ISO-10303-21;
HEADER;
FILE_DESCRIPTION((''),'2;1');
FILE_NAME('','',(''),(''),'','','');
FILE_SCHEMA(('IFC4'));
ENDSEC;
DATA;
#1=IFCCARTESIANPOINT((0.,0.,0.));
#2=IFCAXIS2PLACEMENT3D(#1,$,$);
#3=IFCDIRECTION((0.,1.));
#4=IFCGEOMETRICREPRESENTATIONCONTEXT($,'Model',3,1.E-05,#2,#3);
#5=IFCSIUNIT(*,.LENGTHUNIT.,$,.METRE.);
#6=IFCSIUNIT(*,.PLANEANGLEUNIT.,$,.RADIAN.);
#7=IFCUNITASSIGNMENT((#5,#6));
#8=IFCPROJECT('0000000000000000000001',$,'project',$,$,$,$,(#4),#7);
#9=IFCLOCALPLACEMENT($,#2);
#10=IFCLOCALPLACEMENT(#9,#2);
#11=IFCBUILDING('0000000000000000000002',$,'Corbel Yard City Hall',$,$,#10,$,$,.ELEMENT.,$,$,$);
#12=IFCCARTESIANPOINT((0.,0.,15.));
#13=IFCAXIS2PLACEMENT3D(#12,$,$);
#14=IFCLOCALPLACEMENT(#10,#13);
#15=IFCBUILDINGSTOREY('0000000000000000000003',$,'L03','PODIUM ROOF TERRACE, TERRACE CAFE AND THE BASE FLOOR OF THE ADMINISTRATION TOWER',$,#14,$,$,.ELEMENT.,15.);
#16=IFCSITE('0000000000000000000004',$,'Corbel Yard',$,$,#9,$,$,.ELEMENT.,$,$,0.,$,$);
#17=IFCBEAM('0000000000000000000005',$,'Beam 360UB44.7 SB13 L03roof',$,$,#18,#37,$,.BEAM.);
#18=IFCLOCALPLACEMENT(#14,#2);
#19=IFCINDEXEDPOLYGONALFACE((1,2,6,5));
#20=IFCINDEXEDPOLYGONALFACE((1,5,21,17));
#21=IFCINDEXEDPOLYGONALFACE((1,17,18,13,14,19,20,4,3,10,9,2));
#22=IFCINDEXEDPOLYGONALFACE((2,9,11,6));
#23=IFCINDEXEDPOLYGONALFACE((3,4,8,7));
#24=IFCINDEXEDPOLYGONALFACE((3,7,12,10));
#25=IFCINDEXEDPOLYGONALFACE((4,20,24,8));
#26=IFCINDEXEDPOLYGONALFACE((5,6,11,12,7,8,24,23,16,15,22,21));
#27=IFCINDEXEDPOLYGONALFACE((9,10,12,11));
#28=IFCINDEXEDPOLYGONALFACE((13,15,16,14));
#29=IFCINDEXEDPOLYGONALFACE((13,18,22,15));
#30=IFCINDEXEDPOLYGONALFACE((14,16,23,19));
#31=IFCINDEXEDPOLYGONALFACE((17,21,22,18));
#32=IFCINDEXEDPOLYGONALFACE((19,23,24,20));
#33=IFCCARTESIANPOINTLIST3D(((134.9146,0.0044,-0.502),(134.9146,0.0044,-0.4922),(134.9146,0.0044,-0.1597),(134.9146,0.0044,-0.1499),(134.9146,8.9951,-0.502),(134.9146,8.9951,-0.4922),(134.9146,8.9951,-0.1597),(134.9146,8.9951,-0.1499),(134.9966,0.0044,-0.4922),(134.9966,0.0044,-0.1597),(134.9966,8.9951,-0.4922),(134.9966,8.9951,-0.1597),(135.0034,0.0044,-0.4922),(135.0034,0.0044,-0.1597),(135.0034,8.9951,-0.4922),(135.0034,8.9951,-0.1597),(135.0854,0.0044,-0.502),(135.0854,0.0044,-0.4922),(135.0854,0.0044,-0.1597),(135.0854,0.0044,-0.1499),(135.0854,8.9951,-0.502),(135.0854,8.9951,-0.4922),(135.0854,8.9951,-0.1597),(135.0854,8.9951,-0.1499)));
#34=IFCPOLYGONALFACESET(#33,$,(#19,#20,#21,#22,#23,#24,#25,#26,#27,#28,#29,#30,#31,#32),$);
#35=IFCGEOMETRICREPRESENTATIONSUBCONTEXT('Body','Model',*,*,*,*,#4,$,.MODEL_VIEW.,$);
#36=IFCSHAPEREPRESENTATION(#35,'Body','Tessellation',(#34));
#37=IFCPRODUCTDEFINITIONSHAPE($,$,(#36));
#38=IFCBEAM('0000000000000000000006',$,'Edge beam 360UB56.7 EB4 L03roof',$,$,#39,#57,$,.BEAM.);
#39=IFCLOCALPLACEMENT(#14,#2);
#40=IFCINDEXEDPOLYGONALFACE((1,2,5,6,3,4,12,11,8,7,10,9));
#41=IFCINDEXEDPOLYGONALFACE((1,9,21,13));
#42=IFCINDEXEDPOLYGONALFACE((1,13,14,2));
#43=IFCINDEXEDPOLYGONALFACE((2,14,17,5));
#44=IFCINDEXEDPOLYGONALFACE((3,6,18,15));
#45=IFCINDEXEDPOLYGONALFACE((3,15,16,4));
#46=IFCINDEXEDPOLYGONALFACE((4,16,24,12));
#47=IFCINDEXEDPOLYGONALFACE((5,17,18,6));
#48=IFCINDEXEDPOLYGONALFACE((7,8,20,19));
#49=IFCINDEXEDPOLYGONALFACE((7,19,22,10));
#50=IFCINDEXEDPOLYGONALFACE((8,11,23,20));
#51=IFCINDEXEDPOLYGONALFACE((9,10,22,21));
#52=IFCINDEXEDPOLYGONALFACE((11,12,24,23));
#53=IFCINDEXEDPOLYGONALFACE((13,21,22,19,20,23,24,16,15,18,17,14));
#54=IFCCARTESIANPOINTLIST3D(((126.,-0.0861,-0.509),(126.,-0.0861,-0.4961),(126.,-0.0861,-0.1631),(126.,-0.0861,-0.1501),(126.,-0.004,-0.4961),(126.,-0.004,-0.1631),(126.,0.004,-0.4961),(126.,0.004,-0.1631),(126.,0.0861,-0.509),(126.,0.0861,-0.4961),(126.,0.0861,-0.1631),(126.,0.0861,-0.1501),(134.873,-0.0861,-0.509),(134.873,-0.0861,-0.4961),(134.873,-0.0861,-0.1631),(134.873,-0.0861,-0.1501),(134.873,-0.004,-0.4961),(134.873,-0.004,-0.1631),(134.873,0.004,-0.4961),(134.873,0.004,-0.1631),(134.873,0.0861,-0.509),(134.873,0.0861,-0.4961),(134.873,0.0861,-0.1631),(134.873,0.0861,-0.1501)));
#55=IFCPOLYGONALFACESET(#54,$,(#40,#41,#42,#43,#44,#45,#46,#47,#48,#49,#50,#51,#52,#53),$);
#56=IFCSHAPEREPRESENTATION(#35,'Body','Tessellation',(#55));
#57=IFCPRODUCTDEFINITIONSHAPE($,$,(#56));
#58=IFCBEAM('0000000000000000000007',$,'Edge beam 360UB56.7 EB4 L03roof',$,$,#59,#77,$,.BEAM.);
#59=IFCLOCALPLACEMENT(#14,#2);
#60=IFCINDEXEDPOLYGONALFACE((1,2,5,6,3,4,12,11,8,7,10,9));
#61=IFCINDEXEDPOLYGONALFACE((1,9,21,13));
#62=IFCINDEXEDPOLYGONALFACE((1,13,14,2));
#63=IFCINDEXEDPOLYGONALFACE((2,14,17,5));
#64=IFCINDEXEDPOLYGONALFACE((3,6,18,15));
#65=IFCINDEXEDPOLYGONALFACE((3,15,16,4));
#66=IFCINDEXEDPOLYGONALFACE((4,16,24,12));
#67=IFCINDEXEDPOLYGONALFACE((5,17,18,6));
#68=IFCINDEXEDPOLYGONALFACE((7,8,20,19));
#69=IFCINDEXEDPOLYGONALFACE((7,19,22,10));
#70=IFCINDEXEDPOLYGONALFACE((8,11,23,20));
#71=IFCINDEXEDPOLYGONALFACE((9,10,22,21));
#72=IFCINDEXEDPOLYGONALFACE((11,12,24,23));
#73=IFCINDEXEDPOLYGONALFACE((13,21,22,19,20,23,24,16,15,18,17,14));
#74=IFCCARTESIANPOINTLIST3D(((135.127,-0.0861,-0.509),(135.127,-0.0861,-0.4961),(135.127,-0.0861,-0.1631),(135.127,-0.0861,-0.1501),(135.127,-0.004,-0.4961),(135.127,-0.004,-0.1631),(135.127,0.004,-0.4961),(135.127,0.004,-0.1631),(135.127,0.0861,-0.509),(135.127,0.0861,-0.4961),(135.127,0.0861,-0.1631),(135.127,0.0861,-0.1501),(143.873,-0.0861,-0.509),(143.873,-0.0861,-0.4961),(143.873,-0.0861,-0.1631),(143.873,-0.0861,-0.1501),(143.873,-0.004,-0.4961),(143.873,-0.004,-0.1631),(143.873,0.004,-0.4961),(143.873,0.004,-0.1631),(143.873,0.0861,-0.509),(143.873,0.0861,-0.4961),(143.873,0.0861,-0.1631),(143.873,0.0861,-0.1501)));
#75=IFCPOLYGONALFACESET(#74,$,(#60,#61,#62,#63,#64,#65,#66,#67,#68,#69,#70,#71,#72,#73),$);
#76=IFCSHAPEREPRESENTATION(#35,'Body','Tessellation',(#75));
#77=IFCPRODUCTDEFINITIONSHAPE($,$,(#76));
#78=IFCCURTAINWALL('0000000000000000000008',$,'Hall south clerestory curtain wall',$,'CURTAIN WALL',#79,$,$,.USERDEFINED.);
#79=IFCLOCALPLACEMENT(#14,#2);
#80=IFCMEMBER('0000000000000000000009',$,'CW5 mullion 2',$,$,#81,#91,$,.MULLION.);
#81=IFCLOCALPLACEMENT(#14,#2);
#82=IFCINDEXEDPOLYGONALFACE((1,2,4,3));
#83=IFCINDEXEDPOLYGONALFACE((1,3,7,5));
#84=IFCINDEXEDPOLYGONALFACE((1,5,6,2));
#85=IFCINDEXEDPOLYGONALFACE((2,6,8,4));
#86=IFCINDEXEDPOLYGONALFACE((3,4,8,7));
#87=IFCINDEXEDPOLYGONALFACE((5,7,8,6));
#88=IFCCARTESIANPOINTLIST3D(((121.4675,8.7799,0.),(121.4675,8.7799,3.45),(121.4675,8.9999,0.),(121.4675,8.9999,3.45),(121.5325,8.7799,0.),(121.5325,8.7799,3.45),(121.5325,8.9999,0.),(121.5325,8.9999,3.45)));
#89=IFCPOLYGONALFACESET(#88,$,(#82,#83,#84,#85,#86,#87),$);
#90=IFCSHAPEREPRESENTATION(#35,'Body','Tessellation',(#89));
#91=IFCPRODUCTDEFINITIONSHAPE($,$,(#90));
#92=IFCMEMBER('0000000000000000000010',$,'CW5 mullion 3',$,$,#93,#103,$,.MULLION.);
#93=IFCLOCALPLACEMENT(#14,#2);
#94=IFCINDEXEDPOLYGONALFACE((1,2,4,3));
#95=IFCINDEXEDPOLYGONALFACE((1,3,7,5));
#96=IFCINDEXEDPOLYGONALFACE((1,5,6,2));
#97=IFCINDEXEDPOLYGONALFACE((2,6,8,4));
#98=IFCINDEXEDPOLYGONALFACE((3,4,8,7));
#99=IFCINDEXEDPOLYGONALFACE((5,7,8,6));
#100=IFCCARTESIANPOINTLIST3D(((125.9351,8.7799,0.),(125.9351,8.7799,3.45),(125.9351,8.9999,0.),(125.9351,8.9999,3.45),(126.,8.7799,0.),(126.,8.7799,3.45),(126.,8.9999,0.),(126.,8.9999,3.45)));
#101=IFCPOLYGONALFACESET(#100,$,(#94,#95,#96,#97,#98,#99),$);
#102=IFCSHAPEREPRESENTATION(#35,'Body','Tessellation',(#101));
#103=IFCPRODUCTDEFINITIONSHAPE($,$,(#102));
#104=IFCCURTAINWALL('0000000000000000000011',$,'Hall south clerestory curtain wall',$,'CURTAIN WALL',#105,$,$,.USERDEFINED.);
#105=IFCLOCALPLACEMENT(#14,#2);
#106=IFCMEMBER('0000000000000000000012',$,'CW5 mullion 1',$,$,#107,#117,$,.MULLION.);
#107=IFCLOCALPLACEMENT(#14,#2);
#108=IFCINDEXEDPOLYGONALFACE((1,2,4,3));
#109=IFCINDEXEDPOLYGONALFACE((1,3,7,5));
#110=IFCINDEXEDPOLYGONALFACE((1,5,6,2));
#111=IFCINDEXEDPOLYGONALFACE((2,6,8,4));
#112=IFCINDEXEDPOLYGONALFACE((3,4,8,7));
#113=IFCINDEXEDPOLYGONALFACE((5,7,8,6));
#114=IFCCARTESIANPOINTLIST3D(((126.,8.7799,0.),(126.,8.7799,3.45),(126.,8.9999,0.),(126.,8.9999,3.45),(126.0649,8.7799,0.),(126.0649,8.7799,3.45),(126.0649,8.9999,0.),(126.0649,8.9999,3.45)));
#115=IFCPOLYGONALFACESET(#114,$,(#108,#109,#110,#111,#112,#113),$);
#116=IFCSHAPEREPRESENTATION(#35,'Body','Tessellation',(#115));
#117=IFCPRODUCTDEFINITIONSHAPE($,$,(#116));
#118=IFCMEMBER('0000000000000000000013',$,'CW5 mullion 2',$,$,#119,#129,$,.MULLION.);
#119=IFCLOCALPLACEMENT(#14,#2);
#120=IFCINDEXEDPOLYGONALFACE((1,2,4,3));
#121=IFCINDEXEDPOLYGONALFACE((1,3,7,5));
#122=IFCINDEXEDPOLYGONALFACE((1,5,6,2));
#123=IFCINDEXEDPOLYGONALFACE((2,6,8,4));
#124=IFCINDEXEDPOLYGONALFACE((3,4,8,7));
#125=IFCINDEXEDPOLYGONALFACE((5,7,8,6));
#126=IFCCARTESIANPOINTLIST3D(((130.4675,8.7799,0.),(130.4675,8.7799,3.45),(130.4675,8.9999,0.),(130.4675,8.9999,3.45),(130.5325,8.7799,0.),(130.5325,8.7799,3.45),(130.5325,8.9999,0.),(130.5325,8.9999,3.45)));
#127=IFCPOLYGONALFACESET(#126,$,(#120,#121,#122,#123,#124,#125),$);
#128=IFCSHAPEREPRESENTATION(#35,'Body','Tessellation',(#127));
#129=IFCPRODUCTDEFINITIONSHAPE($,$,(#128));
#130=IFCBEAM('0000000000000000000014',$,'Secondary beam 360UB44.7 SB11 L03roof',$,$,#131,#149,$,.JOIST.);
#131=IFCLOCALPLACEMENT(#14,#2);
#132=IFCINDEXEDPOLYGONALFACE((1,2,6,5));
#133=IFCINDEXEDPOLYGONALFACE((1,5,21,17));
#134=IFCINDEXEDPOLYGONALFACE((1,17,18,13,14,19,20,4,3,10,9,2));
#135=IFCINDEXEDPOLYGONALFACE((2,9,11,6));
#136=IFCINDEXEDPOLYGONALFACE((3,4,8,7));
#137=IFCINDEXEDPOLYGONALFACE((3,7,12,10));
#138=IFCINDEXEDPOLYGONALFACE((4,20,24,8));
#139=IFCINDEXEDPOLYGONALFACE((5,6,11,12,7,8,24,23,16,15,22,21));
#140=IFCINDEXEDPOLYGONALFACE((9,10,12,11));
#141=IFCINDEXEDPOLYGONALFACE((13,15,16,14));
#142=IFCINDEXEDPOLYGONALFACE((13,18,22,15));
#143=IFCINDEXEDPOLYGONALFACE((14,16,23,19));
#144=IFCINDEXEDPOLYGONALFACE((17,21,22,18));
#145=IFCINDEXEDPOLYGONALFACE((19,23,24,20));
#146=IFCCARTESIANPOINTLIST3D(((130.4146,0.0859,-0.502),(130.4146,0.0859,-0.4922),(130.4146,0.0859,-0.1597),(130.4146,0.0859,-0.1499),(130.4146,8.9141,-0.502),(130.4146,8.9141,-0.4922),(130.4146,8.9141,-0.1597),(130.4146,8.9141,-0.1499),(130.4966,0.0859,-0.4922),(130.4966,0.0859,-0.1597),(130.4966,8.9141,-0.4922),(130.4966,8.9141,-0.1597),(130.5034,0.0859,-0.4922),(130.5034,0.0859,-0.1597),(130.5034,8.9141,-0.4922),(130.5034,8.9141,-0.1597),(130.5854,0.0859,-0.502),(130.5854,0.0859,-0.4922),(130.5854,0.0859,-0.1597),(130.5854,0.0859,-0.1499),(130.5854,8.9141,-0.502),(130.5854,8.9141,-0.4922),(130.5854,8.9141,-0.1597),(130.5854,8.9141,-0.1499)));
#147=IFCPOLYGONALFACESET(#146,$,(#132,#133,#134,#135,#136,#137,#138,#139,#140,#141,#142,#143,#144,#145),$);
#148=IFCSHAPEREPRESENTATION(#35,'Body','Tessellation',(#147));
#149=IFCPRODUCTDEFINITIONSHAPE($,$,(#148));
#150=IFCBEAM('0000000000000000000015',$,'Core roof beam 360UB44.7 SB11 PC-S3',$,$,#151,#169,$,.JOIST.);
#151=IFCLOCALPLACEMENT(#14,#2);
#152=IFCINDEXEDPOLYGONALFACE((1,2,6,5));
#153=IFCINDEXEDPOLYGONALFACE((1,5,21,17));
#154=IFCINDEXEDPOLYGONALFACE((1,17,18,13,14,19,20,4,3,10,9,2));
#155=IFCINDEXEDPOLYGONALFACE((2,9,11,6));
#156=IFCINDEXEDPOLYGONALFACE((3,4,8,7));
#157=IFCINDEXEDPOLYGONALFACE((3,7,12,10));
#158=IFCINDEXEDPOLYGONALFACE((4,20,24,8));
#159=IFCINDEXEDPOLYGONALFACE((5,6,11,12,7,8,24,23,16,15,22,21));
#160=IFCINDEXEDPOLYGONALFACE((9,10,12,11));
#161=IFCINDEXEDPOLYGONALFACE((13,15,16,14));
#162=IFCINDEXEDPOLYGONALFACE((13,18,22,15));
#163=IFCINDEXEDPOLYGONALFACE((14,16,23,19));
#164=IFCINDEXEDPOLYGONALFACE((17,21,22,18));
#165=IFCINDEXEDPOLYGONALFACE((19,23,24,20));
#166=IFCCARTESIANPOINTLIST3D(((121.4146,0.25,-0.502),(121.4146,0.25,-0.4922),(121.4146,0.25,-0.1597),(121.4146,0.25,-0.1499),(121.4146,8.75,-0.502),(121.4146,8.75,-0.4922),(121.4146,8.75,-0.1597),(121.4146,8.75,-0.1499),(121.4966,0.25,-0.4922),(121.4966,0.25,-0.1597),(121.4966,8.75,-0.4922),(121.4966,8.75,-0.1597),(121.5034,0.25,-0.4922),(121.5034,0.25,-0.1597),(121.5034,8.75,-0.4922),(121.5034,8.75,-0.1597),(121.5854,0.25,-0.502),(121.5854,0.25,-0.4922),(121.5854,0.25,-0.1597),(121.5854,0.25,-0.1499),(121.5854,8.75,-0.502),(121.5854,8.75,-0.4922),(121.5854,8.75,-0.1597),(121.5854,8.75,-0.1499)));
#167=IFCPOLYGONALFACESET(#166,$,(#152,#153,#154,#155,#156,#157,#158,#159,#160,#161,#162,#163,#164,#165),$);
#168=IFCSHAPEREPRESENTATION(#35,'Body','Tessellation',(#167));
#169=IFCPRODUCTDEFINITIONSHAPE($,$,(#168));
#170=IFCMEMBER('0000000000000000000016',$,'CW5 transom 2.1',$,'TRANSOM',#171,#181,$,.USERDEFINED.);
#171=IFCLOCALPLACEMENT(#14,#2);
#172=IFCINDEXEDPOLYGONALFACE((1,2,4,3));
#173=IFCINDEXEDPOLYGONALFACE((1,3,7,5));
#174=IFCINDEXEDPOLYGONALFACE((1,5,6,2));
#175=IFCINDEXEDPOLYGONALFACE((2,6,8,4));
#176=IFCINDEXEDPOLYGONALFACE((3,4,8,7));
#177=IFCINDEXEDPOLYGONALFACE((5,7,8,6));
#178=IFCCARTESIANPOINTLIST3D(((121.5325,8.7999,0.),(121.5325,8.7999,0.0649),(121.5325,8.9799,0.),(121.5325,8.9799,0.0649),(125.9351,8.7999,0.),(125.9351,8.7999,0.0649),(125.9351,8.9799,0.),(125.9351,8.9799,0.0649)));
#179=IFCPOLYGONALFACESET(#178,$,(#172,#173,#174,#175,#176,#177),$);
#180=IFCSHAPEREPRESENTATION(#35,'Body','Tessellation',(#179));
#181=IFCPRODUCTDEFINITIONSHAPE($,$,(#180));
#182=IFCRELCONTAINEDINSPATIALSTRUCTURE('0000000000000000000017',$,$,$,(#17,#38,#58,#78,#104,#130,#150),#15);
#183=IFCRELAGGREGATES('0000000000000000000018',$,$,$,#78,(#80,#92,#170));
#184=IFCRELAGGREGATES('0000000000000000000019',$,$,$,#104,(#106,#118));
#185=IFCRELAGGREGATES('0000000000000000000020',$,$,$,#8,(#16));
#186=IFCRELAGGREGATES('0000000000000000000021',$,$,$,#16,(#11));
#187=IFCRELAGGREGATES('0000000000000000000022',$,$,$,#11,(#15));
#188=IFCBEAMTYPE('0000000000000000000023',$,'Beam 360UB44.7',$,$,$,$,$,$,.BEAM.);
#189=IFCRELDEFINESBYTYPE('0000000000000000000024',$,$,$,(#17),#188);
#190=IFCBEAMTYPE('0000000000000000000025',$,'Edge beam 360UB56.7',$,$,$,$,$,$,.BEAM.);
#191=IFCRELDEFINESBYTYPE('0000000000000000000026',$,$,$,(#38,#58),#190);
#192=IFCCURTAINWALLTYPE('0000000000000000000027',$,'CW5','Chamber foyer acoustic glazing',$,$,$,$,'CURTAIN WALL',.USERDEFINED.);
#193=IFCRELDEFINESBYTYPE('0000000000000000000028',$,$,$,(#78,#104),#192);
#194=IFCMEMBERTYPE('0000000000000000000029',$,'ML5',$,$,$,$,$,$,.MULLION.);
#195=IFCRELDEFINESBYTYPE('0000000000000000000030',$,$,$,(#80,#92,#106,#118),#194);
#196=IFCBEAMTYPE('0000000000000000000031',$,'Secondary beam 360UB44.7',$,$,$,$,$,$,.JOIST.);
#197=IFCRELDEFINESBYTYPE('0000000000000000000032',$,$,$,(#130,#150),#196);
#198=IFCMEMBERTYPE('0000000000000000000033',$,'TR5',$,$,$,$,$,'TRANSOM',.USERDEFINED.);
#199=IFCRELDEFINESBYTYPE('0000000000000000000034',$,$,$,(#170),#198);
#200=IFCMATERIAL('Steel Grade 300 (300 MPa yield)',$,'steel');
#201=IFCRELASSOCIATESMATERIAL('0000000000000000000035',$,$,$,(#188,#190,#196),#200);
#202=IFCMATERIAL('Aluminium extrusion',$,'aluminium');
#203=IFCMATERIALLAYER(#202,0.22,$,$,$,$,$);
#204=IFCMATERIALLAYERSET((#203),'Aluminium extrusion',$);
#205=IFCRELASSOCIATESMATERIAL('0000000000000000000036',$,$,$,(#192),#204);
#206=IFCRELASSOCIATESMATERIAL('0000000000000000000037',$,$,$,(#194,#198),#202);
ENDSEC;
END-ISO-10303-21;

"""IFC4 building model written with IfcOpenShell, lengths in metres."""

from ifc_helpers import new_model, si_unit, direction, frame, origin, origin_2d, place, context, subcontext, project, spatial, rectangle, i_section, extrude, material, layer, layer_set, material_profile, profile_set, type_object, element, aggregate, save


model = new_model("IFC4")

# Units and contexts
model_context = context("Model", 3, precision=1e-05, world=origin(), true_north=direction((0.0, 1.0)))
body_context = subcontext(model_context, "Body", "Model", "MODEL_VIEW")
ifc_project = project(units=[si_unit("LENGTHUNIT", "METRE"), si_unit("PLANEANGLEUNIT", "RADIAN")], contexts=[model_context])

# Site, building, storey
site_placement = place(None, origin())
site = spatial("IfcSite", under=ifc_project, at=site_placement, Name="Corbel Yard", CompositionType="ELEMENT", RefElevation=0.0)
building_placement = place(site_placement, origin())
building = spatial("IfcBuilding", under=site, at=building_placement, Name="Corbel Yard City Hall", CompositionType="ELEMENT")
storey_placement = place(building_placement, frame((0.0, 0.0, 15.0)))
storey = spatial("IfcBuildingStorey", under=building, at=storey_placement, Name="L03", Description="PODIUM ROOF TERRACE, TERRACE CAFE AND THE BASE FLOOR OF THE ADMINISTRATION TOWER", CompositionType="ELEMENT", Elevation=15.0)

# Beams
ifc_material_1 = material(Name="Steel Grade 300 (300 MPa yield)", Category="steel")
ifc_material_profile_1 = material_profile(ifc_material_1, i_section(OverallWidth=0.1709, OverallDepth=0.3521, WebThickness=0.0068, FlangeThickness=0.0098, at=origin_2d()), Name="360UB44.7")
ifc_profile_set_1 = profile_set([ifc_material_profile_1], Name="Steel Grade 300 (300 MPa yield)")
beam_type_1 = type_object("IfcBeamType", Name="Beam 360UB44.7", PredefinedType="BEAM", material=ifc_profile_set_1)
beam_1_placement = place(storey_placement, frame((135.0, 0.0044, -0.3259), z_axis=(0.0, 1.0, 0.0), x_axis=(-1.0, 0.0, 0.0)))
element("IfcBeam", 1, at=beam_1_placement, inside=storey, type_object=beam_type_1, Name="Beam 360UB44.7 SB13 L03roof", PredefinedType="BEAM", context=body_context, shape_type="SweptSolid", body=[
    extrude(i_section(OverallWidth=0.1709, OverallDepth=0.3521, WebThickness=0.0068, FlangeThickness=0.0098, at=origin_2d()), origin(), (0.0, 0.0, 1.0), 8.9907),
])
ifc_material_profile_2 = material_profile(ifc_material_1, i_section(OverallWidth=0.1721, OverallDepth=0.3589, WebThickness=0.0081, FlangeThickness=0.0129, at=origin_2d()), Name="360UB56.7")
ifc_profile_set_2 = profile_set([ifc_material_profile_2], Name="Steel Grade 300 (300 MPa yield)")
beam_type_2 = type_object("IfcBeamType", Name="Edge beam 360UB56.7", PredefinedType="BEAM", material=ifc_profile_set_2)
beam_2_placement = place(storey_placement, frame((126.0, 0.0, -0.3296), z_axis=(1.0, 0.0, 0.0), x_axis=(0.0, 1.0, 0.0)))
element("IfcBeam", 2, at=beam_2_placement, inside=storey, type_object=beam_type_2, Name="Edge beam 360UB56.7 EB4 L03roof", PredefinedType="BEAM", context=body_context, shape_type="SweptSolid", body=[
    extrude(i_section(OverallWidth=0.1721, OverallDepth=0.3589, WebThickness=0.0081, FlangeThickness=0.0129, at=origin_2d()), origin(), (0.0, 0.0, 1.0), 8.873),
])
beam_3_placement = place(storey_placement, frame((135.127, 0.0, -0.3296), z_axis=(1.0, 0.0, 0.0), x_axis=(0.0, 1.0, 0.0)))
element("IfcBeam", 3, at=beam_3_placement, inside=storey, type_object=beam_type_2, Name="Edge beam 360UB56.7 EB4 L03roof", PredefinedType="BEAM", context=body_context, shape_type="SweptSolid", body=[
    extrude(i_section(OverallWidth=0.1721, OverallDepth=0.3589, WebThickness=0.0081, FlangeThickness=0.0129, at=origin_2d()), origin(), (0.0, 0.0, 1.0), 8.7461),
])

# Curtain walls, members
ifc_material_2 = material(Name="Aluminium extrusion", Category="aluminium")
ifc_layer_1 = layer(ifc_material_2, 0.22)
ifc_layer_set_1 = layer_set([ifc_layer_1], Name="Aluminium extrusion")
curtain_wall_type = type_object("IfcCurtainWallType", Name="CW5", Description="Chamber foyer acoustic glazing", ElementType="CURTAIN WALL", PredefinedType="USERDEFINED", material=ifc_layer_set_1)
curtain_wall_1_placement = place(storey_placement, origin())
curtain_wall_1 = element("IfcCurtainWall", 4, at=curtain_wall_1_placement, inside=storey, type_object=curtain_wall_type, Name="Hall south clerestory curtain wall", ObjectType="CURTAIN WALL", PredefinedType="USERDEFINED")
ifc_material_profile_3 = material_profile(ifc_material_2, rectangle(XDim=0.22, YDim=0.0649, at=origin_2d()), Name="220x65")
ifc_profile_set_3 = profile_set([ifc_material_profile_3], Name="Aluminium extrusion")
member_type_1 = type_object("IfcMemberType", Name="ML5", PredefinedType="MULLION", material=ifc_profile_set_3)
member_1_placement = place(storey_placement, frame((121.5, 8.8899, 0.0), z_axis=(0.0, 0.0, 1.0), x_axis=(0.0, 1.0, 0.0)))
member_1 = element("IfcMember", 5, at=member_1_placement, type_object=member_type_1, Name="CW5 mullion 2", PredefinedType="MULLION", context=body_context, shape_type="SweptSolid", body=[
    extrude(rectangle(XDim=0.22, YDim=0.0649, at=origin_2d()), origin(), (0.0, 0.0, 1.0), 3.45),
])
member_2_placement = place(storey_placement, frame((125.9675, 8.8899, 0.0), z_axis=(0.0, 0.0, 1.0), x_axis=(0.0, 1.0, 0.0)))
member_2 = element("IfcMember", 6, at=member_2_placement, type_object=member_type_1, Name="CW5 mullion 3", PredefinedType="MULLION", context=body_context, shape_type="SweptSolid", body=[
    extrude(rectangle(XDim=0.22, YDim=0.0649, at=origin_2d()), origin(), (0.0, 0.0, 1.0), 3.45),
])
curtain_wall_2_placement = place(storey_placement, origin())
curtain_wall_2 = element("IfcCurtainWall", 7, at=curtain_wall_2_placement, inside=storey, type_object=curtain_wall_type, Name="Hall south clerestory curtain wall", ObjectType="CURTAIN WALL", PredefinedType="USERDEFINED")
member_3_placement = place(storey_placement, frame((126.0325, 8.8899, 0.0), z_axis=(0.0, 0.0, 1.0), x_axis=(0.0, 1.0, 0.0)))
member_3 = element("IfcMember", 8, at=member_3_placement, type_object=member_type_1, Name="CW5 mullion 1", PredefinedType="MULLION", context=body_context, shape_type="SweptSolid", body=[
    extrude(rectangle(XDim=0.22, YDim=0.0649, at=origin_2d()), origin(), (0.0, 0.0, 1.0), 3.45),
])
member_4_placement = place(storey_placement, frame((130.5, 8.8899, 0.0), z_axis=(0.0, 0.0, 1.0), x_axis=(0.0, 1.0, 0.0)))
member_4 = element("IfcMember", 9, at=member_4_placement, type_object=member_type_1, Name="CW5 mullion 2", PredefinedType="MULLION", context=body_context, shape_type="SweptSolid", body=[
    extrude(rectangle(XDim=0.22, YDim=0.0649, at=origin_2d()), origin(), (0.0, 0.0, 1.0), 3.45),
])

# Beams
ifc_material_profile_4 = material_profile(ifc_material_1, i_section(OverallWidth=0.1709, OverallDepth=0.3521, WebThickness=0.0068, FlangeThickness=0.0098, at=origin_2d()), Name="360UB44.7")
ifc_profile_set_4 = profile_set([ifc_material_profile_4], Name="Steel Grade 300 (300 MPa yield)")
beam_type_3 = type_object("IfcBeamType", Name="Secondary beam 360UB44.7", PredefinedType="JOIST", material=ifc_profile_set_4)
beam_4_placement = place(storey_placement, frame((130.5, 0.0859, -0.3259), z_axis=(0.0, 1.0, 0.0), x_axis=(-1.0, 0.0, 0.0)))
element("IfcBeam", 10, at=beam_4_placement, inside=storey, type_object=beam_type_3, Name="Secondary beam 360UB44.7 SB11 L03roof", PredefinedType="JOIST", context=body_context, shape_type="SweptSolid", body=[
    extrude(i_section(OverallWidth=0.1709, OverallDepth=0.3521, WebThickness=0.0068, FlangeThickness=0.0098, at=origin_2d()), origin(), (0.0, 0.0, 1.0), 8.8281),
])
beam_5_placement = place(storey_placement, frame((121.5, 0.25, -0.3259), z_axis=(0.0, 1.0, 0.0), x_axis=(-1.0, 0.0, 0.0)))
element("IfcBeam", 11, at=beam_5_placement, inside=storey, type_object=beam_type_3, Name="Core roof beam 360UB44.7 SB11 PC-S3", PredefinedType="JOIST", context=body_context, shape_type="SweptSolid", body=[
    extrude(i_section(OverallWidth=0.1709, OverallDepth=0.3521, WebThickness=0.0068, FlangeThickness=0.0098, at=origin_2d()), origin(), (0.0, 0.0, 1.0), 8.5),
])

# Member
ifc_material_profile_5 = material_profile(ifc_material_2, rectangle(XDim=0.1799, YDim=0.0649, at=origin_2d()), Name="180x65")
ifc_profile_set_5 = profile_set([ifc_material_profile_5], Name="Aluminium extrusion")
member_type_2 = type_object("IfcMemberType", Name="TR5", ElementType="TRANSOM", PredefinedType="USERDEFINED", material=ifc_profile_set_5)
member_5_placement = place(storey_placement, frame((121.5325, 8.8899, 0.0325), z_axis=(1.0, 0.0, 0.0), x_axis=(0.0, 1.0, 0.0)))
member_5 = element("IfcMember", 12, at=member_5_placement, type_object=member_type_2, Name="CW5 transom 2.1", ObjectType="TRANSOM", PredefinedType="USERDEFINED", context=body_context, shape_type="SweptSolid", body=[
    extrude(rectangle(XDim=0.1799, YDim=0.0649, at=origin_2d()), origin(), (0.0, 0.0, 1.0), 4.4026),
])

aggregate(curtain_wall_1, [member_1, member_2, member_5])
aggregate(curtain_wall_2, [member_3, member_4])

save(model, "model.ifc")
